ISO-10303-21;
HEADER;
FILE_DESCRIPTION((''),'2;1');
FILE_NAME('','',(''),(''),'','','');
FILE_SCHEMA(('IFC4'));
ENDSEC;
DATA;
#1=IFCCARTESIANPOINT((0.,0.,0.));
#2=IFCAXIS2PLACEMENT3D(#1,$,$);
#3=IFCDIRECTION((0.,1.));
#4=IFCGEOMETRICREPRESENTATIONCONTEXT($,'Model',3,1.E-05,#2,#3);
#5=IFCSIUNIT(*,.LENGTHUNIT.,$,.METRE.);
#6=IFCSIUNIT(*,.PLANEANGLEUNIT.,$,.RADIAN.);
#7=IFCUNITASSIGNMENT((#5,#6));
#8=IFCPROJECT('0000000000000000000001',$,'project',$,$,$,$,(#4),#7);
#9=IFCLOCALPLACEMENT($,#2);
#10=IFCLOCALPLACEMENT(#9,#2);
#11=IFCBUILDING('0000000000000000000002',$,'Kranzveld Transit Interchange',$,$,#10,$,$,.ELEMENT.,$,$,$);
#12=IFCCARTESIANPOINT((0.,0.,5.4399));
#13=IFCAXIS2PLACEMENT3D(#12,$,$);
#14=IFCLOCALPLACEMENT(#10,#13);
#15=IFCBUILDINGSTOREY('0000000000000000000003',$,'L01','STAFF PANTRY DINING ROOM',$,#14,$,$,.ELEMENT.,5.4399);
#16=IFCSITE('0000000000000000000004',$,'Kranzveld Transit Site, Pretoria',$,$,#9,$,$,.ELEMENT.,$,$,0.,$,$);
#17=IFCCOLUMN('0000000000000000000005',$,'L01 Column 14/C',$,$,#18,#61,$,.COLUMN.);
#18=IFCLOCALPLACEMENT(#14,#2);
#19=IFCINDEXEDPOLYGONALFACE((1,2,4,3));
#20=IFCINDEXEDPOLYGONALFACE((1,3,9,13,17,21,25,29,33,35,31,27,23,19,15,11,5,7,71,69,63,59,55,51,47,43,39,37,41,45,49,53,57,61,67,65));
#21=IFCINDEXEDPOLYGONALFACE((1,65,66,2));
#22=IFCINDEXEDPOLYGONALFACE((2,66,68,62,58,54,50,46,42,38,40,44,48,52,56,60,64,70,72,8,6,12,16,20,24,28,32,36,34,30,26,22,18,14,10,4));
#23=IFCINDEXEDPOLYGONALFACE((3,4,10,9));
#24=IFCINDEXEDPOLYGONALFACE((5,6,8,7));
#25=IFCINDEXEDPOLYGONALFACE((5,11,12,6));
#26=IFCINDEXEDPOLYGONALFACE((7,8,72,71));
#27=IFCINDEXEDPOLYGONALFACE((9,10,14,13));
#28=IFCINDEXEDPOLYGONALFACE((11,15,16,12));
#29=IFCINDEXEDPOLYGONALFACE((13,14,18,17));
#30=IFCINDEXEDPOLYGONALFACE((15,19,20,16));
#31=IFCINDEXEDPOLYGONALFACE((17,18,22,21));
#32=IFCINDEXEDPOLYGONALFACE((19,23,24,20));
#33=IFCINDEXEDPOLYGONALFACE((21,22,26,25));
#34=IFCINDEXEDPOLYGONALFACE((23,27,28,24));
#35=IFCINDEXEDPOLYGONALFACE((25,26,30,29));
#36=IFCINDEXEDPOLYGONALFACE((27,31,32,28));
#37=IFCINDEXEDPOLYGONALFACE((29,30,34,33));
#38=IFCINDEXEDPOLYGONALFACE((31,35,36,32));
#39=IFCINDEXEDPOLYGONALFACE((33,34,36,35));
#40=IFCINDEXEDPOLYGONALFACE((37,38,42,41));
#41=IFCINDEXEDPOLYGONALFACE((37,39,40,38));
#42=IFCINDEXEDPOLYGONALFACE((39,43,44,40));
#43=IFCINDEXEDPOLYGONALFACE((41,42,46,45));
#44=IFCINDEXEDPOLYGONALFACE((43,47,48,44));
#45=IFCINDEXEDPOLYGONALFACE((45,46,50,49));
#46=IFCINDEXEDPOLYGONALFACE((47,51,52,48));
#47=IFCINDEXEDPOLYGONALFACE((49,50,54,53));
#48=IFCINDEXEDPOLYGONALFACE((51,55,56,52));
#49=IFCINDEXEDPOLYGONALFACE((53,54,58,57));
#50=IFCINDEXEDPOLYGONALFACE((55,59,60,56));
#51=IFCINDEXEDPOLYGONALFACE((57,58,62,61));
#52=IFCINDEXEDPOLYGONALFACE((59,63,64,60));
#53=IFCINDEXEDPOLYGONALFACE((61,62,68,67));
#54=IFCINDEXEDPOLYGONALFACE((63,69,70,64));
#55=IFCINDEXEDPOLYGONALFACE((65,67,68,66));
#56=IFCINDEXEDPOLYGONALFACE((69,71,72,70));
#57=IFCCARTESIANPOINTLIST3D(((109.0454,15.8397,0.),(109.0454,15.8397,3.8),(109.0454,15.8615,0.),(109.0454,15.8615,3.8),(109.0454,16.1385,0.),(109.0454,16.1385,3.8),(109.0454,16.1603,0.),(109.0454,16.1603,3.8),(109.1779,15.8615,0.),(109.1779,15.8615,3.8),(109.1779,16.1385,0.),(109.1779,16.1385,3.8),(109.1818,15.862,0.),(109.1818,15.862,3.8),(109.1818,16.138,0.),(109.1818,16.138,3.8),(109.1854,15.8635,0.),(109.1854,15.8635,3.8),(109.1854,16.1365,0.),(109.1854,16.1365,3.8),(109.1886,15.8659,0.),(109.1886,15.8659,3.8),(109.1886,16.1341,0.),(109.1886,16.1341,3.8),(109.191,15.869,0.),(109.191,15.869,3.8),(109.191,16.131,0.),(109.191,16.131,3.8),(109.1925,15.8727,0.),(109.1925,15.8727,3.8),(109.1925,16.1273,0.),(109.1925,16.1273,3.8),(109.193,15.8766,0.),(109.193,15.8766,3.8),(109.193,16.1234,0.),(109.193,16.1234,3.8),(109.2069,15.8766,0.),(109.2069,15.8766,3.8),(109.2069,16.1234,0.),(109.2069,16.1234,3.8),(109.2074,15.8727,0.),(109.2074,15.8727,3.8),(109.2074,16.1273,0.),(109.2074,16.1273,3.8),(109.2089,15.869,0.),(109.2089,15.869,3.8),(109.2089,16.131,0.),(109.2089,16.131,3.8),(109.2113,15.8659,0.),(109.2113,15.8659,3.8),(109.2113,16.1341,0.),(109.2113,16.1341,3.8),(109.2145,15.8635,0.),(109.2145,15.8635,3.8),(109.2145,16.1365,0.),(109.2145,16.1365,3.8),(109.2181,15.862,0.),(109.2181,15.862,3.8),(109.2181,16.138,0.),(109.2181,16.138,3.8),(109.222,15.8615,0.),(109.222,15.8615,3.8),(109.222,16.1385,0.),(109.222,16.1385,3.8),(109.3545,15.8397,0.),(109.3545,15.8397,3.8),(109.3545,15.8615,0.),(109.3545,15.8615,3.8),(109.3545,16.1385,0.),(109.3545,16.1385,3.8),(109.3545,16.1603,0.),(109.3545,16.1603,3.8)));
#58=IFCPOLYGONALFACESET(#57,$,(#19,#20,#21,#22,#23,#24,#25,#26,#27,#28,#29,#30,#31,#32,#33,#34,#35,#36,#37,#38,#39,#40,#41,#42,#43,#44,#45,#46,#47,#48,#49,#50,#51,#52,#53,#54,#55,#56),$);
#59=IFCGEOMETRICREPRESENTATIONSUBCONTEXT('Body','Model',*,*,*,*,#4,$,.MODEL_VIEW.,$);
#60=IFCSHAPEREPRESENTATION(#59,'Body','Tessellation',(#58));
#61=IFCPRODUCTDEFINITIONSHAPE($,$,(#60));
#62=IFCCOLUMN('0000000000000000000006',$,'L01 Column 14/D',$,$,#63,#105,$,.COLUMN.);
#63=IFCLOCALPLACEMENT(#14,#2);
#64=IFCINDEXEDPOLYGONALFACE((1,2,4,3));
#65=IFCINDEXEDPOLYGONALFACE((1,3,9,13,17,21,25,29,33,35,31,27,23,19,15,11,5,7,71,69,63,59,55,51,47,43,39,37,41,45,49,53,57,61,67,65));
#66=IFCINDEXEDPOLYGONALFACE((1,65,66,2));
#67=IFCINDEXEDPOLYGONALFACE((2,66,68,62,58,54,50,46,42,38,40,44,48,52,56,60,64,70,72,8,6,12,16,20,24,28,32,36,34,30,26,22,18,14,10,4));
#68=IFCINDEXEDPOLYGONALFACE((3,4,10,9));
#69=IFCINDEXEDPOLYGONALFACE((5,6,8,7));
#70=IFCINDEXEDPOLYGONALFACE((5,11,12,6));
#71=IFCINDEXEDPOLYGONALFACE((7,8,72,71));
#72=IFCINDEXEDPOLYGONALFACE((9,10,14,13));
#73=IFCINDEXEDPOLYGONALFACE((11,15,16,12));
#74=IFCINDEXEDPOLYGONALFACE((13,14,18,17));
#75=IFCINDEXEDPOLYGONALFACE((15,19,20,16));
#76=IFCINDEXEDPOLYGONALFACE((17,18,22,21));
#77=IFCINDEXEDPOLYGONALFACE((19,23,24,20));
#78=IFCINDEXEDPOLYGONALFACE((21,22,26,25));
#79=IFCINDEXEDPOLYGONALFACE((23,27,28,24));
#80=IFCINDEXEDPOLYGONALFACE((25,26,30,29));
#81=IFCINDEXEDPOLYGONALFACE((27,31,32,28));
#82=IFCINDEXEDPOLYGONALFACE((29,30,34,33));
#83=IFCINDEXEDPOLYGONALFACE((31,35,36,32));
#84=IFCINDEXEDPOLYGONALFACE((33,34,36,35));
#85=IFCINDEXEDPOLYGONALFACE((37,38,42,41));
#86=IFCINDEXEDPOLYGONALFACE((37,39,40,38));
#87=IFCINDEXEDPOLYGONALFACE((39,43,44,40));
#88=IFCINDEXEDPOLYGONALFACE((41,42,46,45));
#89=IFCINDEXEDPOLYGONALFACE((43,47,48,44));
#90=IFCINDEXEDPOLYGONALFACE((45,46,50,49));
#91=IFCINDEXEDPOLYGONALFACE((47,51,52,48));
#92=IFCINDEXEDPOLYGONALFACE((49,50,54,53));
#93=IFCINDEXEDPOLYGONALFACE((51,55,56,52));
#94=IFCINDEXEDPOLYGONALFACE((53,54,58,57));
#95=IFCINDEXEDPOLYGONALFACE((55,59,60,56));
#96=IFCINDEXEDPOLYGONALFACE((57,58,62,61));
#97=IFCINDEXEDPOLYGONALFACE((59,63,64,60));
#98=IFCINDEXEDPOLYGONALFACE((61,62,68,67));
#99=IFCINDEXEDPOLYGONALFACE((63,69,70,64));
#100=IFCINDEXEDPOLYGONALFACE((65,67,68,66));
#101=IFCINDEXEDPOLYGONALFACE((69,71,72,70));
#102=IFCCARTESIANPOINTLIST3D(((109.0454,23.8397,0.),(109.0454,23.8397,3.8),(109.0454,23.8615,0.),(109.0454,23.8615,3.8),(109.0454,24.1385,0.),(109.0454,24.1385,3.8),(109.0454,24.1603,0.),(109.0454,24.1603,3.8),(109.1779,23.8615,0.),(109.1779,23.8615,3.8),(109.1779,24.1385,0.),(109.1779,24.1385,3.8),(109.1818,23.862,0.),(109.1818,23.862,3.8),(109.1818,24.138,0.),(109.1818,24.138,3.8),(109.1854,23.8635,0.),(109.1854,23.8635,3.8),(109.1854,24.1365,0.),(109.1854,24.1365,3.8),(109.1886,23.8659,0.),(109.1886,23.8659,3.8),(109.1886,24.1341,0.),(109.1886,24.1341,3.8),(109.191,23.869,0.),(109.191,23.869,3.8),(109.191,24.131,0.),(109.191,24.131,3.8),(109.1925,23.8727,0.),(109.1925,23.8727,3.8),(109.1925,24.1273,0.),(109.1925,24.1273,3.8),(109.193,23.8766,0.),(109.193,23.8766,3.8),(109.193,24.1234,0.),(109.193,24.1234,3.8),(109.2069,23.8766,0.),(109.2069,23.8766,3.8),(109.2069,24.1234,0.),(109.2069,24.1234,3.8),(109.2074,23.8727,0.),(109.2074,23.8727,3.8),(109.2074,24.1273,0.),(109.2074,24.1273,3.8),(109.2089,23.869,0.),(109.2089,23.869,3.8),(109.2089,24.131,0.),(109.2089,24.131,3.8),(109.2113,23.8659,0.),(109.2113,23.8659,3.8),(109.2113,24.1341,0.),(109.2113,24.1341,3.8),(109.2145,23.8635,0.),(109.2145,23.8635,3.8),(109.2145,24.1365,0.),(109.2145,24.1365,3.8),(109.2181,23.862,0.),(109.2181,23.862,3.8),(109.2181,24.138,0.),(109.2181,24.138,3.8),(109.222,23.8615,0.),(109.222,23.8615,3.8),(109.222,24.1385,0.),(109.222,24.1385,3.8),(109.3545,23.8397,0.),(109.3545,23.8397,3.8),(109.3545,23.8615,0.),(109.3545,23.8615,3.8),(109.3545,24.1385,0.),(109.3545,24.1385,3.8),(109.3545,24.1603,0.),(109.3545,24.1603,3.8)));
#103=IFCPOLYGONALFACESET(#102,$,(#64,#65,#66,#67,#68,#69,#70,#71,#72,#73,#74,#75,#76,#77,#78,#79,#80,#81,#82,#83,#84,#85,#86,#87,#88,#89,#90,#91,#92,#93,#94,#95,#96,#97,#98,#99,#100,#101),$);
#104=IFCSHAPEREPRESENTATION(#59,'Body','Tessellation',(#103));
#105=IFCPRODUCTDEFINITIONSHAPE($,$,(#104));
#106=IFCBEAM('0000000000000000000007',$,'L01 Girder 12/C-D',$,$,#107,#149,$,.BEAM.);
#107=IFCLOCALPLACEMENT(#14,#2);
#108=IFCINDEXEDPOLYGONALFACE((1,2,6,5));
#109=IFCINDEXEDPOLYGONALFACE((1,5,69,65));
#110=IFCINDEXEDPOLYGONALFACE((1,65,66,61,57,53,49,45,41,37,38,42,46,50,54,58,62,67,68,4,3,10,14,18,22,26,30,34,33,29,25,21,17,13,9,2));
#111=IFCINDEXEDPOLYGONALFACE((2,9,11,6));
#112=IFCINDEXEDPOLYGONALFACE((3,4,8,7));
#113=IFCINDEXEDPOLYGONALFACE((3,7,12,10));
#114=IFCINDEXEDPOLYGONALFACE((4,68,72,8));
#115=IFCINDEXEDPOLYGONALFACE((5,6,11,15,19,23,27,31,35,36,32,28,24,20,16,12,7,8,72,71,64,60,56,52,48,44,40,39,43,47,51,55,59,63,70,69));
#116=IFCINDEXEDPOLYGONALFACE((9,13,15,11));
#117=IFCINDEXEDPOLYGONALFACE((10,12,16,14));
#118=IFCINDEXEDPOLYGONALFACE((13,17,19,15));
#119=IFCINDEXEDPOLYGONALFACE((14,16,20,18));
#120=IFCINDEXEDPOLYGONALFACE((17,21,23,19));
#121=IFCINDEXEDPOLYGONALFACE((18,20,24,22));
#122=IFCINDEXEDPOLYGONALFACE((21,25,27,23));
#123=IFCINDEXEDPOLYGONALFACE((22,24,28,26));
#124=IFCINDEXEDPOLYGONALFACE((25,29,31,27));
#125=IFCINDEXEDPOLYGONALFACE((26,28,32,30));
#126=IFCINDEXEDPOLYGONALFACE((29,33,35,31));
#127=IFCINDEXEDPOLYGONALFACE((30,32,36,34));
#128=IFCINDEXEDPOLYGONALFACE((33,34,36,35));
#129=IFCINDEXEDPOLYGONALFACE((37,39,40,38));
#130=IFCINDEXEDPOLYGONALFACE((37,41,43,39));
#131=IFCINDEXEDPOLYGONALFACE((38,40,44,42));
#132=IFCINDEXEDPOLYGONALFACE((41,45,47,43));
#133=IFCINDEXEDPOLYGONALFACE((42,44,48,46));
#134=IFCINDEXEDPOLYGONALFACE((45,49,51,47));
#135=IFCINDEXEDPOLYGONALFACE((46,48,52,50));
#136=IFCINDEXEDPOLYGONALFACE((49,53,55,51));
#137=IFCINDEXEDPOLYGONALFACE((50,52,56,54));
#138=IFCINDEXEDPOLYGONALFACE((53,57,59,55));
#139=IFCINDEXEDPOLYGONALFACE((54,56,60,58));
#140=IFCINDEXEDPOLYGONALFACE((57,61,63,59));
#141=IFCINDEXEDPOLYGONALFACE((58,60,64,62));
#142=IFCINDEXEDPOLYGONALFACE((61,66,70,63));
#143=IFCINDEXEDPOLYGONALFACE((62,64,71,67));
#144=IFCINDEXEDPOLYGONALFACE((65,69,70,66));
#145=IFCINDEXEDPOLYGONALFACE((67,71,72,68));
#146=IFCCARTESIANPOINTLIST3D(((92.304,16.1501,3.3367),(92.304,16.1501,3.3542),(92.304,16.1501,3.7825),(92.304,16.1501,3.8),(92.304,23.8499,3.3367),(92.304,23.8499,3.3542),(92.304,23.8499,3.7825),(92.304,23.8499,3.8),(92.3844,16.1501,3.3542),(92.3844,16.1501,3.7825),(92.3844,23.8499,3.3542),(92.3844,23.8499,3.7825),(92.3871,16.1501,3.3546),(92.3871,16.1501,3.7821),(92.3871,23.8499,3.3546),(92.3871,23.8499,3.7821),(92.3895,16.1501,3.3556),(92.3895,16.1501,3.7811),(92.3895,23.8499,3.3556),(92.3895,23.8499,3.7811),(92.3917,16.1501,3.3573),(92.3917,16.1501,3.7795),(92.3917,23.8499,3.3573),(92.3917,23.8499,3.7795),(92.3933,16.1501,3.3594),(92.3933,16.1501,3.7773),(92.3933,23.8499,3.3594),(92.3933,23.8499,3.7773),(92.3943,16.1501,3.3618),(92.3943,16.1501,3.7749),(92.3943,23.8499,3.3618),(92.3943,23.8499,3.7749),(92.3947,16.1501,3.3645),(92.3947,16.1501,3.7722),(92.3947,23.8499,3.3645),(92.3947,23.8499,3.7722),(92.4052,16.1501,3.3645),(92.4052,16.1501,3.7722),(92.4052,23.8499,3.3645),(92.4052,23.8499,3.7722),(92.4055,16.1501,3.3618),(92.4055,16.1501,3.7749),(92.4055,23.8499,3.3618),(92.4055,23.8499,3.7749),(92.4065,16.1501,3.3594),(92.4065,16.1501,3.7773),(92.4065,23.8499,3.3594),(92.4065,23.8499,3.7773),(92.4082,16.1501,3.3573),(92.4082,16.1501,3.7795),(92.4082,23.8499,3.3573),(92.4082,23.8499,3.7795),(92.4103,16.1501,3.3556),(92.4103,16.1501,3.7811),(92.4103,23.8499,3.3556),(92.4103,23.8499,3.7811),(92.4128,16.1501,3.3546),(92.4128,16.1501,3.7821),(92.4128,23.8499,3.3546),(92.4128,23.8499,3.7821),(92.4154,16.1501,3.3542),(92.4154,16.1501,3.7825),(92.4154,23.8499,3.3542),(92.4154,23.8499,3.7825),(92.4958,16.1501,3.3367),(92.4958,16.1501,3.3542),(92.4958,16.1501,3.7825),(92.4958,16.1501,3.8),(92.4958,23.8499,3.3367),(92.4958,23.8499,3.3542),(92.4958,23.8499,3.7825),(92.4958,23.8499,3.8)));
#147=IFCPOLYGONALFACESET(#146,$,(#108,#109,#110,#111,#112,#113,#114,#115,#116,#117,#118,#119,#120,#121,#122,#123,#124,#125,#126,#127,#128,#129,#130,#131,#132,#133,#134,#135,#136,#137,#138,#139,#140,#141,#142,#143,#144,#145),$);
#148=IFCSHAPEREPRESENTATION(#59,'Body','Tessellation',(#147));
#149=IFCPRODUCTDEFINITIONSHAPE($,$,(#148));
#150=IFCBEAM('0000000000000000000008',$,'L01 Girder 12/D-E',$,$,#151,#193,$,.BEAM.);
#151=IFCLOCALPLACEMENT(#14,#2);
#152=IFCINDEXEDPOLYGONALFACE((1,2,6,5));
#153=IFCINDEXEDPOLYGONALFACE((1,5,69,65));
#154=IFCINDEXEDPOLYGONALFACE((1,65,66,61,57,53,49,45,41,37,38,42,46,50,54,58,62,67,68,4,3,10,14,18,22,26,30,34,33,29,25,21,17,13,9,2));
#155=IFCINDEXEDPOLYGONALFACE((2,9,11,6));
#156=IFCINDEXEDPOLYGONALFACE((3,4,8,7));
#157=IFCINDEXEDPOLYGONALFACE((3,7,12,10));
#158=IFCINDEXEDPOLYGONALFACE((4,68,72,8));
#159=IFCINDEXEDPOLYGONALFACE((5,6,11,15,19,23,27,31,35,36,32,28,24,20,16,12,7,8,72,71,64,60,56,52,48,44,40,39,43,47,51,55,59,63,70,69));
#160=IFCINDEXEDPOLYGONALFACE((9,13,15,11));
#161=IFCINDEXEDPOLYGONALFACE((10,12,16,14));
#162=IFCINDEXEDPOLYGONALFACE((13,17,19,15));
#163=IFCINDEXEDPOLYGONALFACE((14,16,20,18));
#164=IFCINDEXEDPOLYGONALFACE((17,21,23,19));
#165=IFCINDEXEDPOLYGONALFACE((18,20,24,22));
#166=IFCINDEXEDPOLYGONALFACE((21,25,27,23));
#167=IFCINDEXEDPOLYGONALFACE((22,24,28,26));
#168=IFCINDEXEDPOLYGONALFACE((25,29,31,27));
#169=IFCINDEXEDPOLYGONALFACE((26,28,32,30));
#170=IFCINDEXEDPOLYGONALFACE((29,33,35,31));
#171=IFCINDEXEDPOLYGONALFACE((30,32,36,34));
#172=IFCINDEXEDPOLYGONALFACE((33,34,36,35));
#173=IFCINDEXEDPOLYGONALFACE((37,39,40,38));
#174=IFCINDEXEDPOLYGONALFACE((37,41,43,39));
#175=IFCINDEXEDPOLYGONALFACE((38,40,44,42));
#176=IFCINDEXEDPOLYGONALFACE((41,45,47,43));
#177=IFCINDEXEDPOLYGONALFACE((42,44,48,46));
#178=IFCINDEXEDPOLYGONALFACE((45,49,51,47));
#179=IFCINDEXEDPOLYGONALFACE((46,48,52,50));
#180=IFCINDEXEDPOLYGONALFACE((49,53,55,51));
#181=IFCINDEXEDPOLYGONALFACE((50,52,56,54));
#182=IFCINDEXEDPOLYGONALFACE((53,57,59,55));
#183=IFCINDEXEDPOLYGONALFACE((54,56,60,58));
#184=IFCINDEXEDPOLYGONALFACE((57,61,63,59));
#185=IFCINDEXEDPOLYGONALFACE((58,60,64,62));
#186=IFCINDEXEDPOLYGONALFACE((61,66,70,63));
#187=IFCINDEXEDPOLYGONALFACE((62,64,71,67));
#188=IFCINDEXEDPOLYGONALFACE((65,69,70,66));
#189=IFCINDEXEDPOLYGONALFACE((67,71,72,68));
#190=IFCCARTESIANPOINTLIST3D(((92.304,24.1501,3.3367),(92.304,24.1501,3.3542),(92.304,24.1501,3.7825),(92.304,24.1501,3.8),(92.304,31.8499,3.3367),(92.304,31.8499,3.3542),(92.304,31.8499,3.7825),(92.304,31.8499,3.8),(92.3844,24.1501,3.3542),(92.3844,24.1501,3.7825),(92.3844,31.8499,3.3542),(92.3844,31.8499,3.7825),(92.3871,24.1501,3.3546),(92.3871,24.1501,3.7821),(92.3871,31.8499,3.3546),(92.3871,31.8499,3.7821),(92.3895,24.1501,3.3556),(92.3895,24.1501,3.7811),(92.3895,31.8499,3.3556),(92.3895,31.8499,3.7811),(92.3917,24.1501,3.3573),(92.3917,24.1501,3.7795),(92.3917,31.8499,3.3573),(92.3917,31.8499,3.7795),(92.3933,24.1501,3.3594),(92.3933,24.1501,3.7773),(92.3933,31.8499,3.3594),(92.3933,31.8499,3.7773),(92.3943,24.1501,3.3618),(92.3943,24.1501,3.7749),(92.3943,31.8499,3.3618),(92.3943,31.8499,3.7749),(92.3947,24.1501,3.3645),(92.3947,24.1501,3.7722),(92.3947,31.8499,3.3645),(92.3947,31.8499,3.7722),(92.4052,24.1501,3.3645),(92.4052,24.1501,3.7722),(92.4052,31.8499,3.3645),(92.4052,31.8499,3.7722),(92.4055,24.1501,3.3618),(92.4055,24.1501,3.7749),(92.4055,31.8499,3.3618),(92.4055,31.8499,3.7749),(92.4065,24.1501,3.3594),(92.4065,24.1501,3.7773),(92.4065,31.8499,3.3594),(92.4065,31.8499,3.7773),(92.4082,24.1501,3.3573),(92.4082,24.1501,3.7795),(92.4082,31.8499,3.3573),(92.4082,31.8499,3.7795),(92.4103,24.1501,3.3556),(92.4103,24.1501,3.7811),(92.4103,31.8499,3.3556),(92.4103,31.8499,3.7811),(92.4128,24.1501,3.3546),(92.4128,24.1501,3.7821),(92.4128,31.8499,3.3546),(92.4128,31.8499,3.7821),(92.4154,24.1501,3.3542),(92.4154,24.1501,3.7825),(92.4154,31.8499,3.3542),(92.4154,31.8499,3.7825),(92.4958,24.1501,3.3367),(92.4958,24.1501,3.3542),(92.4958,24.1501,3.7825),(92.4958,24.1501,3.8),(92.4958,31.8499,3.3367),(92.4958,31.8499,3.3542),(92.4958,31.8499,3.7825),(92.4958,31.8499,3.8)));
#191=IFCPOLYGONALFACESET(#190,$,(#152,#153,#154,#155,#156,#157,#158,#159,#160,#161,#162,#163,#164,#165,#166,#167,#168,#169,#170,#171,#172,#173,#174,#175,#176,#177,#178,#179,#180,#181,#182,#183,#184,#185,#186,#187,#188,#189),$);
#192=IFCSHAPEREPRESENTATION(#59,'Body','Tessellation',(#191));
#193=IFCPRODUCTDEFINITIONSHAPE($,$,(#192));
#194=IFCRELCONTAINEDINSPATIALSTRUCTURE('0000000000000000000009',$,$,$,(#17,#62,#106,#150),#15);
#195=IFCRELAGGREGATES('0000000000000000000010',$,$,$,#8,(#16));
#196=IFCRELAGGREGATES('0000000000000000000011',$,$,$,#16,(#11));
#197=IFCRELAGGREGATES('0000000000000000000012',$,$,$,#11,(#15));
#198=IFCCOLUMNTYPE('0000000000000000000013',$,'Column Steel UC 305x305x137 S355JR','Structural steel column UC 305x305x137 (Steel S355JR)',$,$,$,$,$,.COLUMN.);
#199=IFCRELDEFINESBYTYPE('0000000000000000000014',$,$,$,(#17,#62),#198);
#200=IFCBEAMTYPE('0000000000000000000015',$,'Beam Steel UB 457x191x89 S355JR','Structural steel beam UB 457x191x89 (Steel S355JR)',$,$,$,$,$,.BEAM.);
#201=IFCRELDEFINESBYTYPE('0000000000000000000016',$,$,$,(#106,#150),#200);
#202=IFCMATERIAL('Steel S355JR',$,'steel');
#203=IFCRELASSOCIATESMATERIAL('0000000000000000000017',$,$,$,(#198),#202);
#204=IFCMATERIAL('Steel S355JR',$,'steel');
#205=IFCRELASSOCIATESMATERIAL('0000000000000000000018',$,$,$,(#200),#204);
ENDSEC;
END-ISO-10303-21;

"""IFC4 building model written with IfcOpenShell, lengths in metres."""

from ifc_helpers import new_model, si_unit, direction, frame, origin, origin_2d, place, context, subcontext, project, spatial, i_section, extrude, material, material_profile, profile_set, type_object, element, save


model = new_model("IFC4")

# Units and contexts
model_context = context("Model", 3, precision=1e-05, world=origin(), true_north=direction((0.0, 1.0)))
body_context = subcontext(model_context, "Body", "Model", "MODEL_VIEW")
ifc_project = project(units=[si_unit("LENGTHUNIT", "METRE"), si_unit("PLANEANGLEUNIT", "RADIAN")], contexts=[model_context])

# Site, building, storey
site_placement = place(None, origin())
site = spatial("IfcSite", under=ifc_project, at=site_placement, Name="Kranzveld Transit Site, Pretoria", CompositionType="ELEMENT", RefElevation=0.0)
building_placement = place(site_placement, origin())
building = spatial("IfcBuilding", under=site, at=building_placement, Name="Kranzveld Transit Interchange", CompositionType="ELEMENT")
storey_placement = place(building_placement, frame((0.0, 0.0, 5.4399)))
storey = spatial("IfcBuildingStorey", under=building, at=storey_placement, Name="L01", Description="STAFF PANTRY DINING ROOM", CompositionType="ELEMENT", Elevation=5.4399)

# Columns
ifc_material_1 = material(Name="Steel S355JR", Category="steel")
ifc_material_profile_1 = material_profile(ifc_material_1, i_section(OverallWidth=0.3091, OverallDepth=0.3206, WebThickness=0.0139, FlangeThickness=0.0217, FilletRadius=0.0151, at=origin_2d()), Name="UC 305x305x137")
ifc_profile_set_1 = profile_set([ifc_material_profile_1], Name="Steel S355JR")
column_type = type_object("IfcColumnType", Name="Column Steel UC 305x305x137 S355JR", Description="Structural steel column UC 305x305x137 (Steel S355JR)", PredefinedType="COLUMN", material=ifc_profile_set_1)
for number, where, z_axis, x_axis, name in (
    (1, (109.2, 16.0, 0.0), (0.0, 0.0, 1.0), (1.0, 0.0, 0.0), "L01 Column 14/C"),
    (2, (109.2, 24.0, 0.0), (0.0, 0.0, 1.0), (1.0, 0.0, 0.0), "L01 Column 14/D"),
):
    element("IfcColumn", number, at=place(storey_placement, frame(where, z_axis=z_axis, x_axis=x_axis)), inside=storey, type_object=column_type, Name=name, PredefinedType="COLUMN", context=body_context, shape_type="SweptSolid", body=[
        extrude(i_section(OverallWidth=0.3091, OverallDepth=0.3206, WebThickness=0.0139, FlangeThickness=0.0217, FilletRadius=0.0151, at=origin_2d()), origin(), (0.0, 0.0, 1.0), 3.8),
    ])

# Beams
ifc_material_2 = material(Name="Steel S355JR", Category="steel")
ifc_material_profile_2 = material_profile(ifc_material_2, i_section(OverallWidth=0.1919, OverallDepth=0.4634, WebThickness=0.0105, FlangeThickness=0.0176, FilletRadius=0.0103, at=origin_2d()), Name="UB 457x191x89")
ifc_profile_set_2 = profile_set([ifc_material_profile_2], Name="Steel S355JR")
beam_type_1 = type_object("IfcBeamType", Name="Beam Steel UB 457x191x89 S355JR", Description="Structural steel beam UB 457x191x89 (Steel S355JR)", PredefinedType="BEAM", material=ifc_profile_set_2)
for number, where, z_axis, x_axis, name in (
    (3, (92.3999, 16.1501, 3.5684), (0.0, 1.0, 0.0), (-1.0, 0.0, 0.0), "L01 Girder 12/C-D"),
    (4, (92.3999, 24.1501, 3.5684), (0.0, 1.0, 0.0), (-1.0, 0.0, 0.0), "L01 Girder 12/D-E"),
):
    element("IfcBeam", number, at=place(storey_placement, frame(where, z_axis=z_axis, x_axis=x_axis)), inside=storey, type_object=beam_type_1, Name=name, PredefinedType="BEAM", context=body_context, shape_type="SweptSolid", body=[
        extrude(i_section(OverallWidth=0.1919, OverallDepth=0.4634, WebThickness=0.0105, FlangeThickness=0.0176, FilletRadius=0.0103, at=origin_2d()), origin(), (0.0, 0.0, 1.0), 7.6997),
    ])

save(model, "model.ifc")
